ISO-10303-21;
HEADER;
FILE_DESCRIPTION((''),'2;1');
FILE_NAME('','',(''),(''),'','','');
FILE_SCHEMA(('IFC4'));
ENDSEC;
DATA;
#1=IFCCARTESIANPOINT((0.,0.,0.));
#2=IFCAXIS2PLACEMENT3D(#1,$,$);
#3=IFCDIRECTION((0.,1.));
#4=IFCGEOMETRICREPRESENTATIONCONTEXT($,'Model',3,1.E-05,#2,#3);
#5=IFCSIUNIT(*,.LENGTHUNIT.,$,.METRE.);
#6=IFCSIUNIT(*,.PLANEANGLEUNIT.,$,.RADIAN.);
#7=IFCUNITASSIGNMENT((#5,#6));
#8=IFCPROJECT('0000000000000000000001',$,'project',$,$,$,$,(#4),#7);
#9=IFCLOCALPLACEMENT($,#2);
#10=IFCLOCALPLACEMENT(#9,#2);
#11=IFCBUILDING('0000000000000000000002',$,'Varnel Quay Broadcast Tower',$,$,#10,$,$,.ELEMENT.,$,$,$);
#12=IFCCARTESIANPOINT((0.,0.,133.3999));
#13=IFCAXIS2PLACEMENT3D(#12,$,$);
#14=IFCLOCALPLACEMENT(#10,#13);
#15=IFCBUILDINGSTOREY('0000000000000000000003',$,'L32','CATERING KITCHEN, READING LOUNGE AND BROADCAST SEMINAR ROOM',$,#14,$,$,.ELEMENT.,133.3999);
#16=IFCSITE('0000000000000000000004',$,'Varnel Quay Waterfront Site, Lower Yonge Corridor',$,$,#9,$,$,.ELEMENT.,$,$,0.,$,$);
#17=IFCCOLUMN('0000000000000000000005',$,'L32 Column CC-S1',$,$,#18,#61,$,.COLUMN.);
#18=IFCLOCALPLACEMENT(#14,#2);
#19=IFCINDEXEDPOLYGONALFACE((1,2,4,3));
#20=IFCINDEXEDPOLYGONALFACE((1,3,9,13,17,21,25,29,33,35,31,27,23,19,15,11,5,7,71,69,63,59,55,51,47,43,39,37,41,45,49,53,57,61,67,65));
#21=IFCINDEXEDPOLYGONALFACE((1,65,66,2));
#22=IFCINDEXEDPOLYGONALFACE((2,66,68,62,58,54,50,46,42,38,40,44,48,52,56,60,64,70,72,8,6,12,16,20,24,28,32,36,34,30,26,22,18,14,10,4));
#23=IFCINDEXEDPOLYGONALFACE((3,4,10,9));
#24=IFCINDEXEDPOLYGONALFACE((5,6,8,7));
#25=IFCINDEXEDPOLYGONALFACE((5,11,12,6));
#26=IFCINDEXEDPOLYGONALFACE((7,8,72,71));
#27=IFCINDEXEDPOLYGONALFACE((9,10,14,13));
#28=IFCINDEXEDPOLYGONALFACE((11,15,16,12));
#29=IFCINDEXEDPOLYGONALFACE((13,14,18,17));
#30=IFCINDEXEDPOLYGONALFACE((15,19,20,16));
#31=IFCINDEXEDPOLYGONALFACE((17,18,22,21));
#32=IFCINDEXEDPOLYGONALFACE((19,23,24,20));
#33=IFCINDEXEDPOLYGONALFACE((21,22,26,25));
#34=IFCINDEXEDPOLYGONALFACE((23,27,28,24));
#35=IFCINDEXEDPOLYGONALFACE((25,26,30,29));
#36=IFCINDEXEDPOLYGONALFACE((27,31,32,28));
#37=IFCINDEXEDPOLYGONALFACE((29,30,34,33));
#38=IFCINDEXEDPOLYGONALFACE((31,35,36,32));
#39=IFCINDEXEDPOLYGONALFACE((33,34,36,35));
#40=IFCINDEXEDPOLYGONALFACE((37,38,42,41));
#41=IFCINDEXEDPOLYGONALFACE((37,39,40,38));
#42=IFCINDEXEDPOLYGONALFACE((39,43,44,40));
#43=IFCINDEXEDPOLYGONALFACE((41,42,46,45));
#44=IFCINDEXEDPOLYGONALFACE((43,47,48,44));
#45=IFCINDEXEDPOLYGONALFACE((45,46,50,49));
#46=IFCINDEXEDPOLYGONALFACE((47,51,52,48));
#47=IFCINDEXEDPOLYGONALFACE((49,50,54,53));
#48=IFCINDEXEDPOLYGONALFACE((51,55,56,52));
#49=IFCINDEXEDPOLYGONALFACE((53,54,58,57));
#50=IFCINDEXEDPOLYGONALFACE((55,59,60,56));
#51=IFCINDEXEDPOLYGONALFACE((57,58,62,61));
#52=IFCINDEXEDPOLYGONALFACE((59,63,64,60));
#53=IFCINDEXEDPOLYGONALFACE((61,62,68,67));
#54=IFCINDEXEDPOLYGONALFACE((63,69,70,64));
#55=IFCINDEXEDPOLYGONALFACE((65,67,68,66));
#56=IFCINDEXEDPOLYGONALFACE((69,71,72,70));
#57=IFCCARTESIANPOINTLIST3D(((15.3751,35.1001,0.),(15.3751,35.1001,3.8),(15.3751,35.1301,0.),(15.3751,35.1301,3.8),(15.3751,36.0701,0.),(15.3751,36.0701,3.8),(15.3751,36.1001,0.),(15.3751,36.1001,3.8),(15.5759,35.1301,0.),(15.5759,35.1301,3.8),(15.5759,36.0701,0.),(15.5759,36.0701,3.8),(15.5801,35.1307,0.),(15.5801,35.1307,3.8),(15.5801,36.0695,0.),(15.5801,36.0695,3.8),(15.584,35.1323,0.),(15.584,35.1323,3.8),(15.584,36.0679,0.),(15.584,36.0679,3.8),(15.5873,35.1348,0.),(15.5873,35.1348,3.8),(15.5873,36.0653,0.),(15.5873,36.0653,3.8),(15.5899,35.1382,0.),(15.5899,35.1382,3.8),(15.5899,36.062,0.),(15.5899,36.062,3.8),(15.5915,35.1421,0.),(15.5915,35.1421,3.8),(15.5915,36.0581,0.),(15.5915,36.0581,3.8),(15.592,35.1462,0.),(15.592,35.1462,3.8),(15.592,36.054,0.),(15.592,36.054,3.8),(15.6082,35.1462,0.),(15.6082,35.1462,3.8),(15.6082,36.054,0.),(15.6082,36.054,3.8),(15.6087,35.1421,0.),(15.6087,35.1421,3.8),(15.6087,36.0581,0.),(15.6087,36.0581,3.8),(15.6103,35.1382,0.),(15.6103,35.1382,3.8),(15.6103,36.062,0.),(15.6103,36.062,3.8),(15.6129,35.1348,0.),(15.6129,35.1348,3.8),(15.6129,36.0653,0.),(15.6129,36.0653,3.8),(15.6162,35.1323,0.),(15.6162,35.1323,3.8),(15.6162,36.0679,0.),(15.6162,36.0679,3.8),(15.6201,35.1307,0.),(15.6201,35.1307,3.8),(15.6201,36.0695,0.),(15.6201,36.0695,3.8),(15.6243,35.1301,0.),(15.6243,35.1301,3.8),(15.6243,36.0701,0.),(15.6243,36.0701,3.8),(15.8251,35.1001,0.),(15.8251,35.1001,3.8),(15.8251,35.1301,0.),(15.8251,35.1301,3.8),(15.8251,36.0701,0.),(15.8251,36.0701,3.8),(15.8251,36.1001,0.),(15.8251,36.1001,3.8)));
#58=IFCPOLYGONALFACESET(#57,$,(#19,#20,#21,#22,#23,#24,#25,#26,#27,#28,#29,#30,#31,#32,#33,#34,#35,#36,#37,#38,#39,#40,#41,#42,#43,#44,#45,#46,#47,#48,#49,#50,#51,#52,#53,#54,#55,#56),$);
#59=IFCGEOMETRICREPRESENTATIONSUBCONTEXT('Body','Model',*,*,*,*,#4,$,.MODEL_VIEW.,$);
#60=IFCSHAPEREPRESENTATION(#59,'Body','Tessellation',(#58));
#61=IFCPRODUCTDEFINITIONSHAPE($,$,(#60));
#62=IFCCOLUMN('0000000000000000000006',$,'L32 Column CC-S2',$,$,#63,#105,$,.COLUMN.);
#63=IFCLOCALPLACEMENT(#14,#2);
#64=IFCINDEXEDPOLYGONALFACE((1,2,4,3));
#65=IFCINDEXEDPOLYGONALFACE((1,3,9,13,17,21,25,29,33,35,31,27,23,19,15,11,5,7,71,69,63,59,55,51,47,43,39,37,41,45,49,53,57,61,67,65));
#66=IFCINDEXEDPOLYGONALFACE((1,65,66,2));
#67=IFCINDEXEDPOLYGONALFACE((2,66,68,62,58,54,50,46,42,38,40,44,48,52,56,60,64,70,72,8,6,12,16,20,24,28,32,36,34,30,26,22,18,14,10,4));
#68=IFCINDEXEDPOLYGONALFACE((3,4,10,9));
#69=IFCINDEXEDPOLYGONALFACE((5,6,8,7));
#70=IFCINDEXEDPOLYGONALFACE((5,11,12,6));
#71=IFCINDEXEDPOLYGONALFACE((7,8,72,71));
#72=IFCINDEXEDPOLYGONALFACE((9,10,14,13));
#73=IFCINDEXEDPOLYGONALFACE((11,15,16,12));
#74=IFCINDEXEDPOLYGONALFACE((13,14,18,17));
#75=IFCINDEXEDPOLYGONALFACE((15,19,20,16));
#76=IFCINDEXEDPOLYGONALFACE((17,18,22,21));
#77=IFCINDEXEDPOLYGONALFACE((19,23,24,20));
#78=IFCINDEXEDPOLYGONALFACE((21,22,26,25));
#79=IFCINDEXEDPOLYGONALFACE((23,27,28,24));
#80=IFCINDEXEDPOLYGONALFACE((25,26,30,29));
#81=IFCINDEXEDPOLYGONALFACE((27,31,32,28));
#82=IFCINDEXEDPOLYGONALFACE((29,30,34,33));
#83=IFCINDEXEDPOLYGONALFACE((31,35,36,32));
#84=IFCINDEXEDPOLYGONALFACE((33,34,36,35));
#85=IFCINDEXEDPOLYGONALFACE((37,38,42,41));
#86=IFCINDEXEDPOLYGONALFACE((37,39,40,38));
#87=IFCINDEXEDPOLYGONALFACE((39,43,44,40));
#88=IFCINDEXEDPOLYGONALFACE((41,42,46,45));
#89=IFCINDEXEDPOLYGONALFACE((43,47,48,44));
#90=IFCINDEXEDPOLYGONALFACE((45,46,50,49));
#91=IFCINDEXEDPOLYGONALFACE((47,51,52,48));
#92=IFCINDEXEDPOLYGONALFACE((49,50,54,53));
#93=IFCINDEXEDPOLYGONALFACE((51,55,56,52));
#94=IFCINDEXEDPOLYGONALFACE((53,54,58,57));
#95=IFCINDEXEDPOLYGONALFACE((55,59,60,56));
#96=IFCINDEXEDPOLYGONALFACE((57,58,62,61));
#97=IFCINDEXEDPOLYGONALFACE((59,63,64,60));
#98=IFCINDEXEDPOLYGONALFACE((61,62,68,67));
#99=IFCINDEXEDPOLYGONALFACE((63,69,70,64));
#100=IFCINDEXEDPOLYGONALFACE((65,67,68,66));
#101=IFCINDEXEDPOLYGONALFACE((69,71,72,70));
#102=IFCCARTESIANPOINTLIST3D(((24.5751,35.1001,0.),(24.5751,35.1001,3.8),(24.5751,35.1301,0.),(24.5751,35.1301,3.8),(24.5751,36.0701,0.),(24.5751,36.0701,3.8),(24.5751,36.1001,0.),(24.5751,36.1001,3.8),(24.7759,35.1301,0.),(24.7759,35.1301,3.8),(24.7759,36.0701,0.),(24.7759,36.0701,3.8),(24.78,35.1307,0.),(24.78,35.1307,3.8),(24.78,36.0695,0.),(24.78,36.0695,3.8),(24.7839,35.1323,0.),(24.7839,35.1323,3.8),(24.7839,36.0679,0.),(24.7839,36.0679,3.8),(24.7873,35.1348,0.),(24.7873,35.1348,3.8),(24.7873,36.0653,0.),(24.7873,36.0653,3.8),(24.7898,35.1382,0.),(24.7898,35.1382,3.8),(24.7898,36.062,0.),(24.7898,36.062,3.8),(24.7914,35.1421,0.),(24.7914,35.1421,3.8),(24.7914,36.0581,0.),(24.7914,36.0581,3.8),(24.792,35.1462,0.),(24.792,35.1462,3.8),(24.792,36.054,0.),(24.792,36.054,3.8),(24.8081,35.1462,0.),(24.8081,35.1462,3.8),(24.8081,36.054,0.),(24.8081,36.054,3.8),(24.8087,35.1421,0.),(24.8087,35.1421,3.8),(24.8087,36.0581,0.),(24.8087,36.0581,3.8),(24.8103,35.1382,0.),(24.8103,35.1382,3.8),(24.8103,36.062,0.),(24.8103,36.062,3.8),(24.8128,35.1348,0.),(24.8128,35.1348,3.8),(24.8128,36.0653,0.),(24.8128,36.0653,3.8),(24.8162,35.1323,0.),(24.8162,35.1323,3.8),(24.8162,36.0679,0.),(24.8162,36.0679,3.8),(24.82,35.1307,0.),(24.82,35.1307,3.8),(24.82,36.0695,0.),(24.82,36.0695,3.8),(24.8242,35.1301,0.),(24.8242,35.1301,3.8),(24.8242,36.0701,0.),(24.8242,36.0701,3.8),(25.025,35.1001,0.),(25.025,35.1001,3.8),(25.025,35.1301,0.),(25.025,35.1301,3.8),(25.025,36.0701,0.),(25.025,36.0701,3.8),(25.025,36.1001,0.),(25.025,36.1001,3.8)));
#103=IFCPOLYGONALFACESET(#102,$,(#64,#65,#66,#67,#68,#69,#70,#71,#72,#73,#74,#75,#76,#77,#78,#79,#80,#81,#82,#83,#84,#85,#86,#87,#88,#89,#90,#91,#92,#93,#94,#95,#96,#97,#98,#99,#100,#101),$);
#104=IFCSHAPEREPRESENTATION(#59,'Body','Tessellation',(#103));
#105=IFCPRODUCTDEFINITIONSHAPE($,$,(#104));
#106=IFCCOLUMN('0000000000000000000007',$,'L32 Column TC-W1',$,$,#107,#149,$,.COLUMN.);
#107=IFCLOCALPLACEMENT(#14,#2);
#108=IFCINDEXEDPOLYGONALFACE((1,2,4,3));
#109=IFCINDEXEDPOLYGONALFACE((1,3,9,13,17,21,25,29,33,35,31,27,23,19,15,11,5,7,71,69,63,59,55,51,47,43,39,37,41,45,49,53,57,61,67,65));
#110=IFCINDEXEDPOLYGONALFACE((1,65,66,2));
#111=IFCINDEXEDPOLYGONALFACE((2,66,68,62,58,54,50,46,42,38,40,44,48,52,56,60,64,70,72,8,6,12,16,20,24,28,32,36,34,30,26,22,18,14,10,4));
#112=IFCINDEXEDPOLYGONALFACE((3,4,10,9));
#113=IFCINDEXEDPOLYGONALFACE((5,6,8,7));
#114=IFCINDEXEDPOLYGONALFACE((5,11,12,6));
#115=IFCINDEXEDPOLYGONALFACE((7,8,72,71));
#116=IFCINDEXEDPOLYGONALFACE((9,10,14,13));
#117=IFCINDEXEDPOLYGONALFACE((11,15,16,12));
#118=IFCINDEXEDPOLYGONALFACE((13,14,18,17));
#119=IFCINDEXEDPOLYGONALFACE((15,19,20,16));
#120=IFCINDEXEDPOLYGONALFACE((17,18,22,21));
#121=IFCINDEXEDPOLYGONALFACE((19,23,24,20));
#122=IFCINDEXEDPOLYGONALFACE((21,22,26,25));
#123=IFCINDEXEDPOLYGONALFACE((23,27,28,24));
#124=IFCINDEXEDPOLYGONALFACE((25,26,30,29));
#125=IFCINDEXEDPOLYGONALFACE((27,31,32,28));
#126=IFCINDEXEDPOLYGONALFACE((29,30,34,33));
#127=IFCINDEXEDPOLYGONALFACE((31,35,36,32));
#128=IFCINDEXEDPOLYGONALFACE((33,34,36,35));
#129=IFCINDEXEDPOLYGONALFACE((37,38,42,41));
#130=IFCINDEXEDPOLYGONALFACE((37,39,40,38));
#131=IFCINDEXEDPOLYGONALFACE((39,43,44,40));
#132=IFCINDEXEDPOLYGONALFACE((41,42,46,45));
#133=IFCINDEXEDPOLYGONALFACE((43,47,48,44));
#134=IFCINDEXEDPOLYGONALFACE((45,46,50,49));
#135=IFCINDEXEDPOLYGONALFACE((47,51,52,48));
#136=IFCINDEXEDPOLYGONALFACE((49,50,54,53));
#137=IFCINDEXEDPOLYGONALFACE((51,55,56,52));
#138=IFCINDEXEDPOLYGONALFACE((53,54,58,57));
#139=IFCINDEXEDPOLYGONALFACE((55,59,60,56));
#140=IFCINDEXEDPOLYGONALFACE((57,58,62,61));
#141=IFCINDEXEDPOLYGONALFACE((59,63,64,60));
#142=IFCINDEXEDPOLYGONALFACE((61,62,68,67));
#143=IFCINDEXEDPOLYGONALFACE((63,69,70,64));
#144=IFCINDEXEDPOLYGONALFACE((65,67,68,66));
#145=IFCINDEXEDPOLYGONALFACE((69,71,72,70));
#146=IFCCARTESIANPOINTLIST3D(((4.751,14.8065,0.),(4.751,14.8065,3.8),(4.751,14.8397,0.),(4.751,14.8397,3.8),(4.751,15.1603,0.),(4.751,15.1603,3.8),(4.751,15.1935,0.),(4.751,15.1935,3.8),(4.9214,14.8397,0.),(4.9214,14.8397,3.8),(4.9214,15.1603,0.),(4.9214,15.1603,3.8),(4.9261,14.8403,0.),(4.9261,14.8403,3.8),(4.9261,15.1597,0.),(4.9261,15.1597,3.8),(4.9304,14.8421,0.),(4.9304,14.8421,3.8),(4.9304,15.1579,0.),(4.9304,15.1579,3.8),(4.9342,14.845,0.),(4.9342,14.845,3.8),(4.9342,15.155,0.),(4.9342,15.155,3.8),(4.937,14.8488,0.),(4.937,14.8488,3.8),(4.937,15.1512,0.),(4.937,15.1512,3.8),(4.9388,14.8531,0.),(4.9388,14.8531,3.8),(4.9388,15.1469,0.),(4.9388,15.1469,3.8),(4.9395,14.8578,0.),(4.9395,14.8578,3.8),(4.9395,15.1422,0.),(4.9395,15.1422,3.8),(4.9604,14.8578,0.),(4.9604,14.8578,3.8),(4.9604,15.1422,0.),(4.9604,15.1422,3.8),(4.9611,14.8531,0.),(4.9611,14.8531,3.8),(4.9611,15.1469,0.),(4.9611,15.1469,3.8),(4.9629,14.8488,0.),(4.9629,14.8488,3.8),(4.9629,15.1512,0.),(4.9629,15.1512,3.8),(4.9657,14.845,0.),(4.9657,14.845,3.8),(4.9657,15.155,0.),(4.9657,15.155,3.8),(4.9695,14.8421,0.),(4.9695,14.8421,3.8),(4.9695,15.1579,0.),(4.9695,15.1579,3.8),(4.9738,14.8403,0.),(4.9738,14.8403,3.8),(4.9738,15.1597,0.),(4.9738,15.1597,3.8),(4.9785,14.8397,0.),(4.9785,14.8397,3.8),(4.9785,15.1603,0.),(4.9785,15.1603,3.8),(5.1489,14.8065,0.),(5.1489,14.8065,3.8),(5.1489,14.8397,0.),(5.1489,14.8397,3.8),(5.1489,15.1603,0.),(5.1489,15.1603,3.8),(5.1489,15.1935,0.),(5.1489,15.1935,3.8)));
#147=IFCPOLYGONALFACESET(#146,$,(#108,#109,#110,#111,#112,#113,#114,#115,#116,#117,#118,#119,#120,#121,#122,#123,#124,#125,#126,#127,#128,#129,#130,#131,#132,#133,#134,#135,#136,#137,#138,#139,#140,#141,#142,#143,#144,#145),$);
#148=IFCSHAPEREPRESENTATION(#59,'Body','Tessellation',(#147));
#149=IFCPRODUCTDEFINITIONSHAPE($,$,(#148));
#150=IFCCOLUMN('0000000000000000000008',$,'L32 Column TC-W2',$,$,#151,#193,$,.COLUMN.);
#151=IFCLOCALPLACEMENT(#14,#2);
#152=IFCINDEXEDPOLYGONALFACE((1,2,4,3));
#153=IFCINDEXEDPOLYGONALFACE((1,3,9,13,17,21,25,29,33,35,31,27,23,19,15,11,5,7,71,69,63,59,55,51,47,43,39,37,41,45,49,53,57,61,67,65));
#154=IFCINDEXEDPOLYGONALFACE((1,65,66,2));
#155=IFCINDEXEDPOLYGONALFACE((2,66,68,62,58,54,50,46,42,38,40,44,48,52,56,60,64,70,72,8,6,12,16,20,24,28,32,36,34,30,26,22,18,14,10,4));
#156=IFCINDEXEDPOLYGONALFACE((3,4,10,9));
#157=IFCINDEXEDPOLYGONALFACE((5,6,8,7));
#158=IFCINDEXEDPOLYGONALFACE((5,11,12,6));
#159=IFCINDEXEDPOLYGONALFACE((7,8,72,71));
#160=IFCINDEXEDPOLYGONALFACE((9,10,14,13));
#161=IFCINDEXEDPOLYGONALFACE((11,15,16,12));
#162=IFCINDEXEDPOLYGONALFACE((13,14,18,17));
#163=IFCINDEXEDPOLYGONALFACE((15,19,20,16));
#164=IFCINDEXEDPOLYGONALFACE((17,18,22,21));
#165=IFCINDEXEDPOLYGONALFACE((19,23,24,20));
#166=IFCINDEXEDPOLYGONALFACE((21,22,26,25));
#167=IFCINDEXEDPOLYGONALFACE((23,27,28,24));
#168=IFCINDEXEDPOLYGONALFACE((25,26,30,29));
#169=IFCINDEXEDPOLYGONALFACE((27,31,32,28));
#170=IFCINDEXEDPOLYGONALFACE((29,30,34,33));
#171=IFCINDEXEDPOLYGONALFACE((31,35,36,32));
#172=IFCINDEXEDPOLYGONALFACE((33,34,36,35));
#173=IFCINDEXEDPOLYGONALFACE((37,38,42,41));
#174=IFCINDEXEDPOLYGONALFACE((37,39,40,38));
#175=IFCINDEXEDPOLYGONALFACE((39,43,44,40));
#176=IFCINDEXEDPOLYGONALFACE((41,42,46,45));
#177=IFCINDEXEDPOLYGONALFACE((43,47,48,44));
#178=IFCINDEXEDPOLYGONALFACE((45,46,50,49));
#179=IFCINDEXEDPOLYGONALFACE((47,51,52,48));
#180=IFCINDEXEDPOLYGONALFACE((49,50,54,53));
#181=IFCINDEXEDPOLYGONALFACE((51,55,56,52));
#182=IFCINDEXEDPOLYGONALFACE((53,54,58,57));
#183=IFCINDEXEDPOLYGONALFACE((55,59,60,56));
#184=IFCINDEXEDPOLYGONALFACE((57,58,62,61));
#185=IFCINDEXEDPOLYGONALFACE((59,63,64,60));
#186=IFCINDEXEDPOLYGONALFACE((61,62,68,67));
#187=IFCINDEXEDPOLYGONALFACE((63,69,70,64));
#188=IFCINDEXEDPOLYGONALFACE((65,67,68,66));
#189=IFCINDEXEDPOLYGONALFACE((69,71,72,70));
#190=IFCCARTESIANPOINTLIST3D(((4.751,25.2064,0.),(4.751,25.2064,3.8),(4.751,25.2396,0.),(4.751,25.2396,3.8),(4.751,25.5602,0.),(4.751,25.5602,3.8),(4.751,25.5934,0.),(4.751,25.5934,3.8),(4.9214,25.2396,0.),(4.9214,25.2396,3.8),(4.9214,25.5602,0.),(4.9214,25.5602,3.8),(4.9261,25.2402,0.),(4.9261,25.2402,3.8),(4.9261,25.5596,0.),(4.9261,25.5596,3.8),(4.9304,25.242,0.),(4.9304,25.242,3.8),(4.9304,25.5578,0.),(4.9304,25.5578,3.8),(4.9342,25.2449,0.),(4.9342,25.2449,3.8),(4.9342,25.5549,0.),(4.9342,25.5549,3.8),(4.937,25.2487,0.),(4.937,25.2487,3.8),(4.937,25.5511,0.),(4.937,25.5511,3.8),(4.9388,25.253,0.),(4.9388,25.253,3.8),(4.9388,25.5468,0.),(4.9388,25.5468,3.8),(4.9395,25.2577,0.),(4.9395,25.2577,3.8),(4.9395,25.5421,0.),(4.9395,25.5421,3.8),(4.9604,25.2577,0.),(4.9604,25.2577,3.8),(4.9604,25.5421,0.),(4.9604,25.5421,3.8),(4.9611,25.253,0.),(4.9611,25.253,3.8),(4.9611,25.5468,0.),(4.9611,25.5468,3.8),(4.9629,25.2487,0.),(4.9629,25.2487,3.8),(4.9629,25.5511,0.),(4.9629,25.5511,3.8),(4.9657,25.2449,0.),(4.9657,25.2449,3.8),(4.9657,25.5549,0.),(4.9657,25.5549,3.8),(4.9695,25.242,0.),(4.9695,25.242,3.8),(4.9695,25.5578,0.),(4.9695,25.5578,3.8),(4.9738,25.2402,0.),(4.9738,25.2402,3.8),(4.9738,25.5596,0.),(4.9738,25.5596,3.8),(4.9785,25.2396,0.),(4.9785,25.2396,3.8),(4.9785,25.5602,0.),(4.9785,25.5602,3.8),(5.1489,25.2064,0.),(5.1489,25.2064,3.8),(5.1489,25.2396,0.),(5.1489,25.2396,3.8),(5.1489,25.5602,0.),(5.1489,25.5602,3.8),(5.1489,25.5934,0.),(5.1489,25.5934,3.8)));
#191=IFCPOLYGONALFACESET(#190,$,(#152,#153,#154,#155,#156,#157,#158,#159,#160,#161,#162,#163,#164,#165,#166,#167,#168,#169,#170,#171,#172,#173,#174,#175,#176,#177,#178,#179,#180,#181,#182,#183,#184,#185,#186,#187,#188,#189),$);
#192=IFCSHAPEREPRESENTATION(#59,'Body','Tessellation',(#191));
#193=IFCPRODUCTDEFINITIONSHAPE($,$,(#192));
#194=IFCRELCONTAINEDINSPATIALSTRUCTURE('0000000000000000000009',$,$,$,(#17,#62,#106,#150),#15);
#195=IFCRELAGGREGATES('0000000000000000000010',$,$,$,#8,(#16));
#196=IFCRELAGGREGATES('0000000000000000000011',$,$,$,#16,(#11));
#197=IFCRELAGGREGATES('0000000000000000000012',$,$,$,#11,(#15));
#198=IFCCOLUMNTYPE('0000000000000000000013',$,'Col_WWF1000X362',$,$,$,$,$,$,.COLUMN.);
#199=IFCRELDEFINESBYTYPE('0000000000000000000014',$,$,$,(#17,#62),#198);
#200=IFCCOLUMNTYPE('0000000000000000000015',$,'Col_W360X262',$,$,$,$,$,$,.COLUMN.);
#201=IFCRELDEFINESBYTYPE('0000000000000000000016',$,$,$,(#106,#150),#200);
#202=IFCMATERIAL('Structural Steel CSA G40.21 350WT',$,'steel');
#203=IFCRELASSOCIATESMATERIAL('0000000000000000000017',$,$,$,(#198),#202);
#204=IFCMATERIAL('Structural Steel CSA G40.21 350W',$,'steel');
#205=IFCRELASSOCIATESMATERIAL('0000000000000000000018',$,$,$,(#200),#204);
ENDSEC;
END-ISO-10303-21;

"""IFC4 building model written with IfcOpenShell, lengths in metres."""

from ifc_helpers import new_model, si_unit, direction, frame, origin, origin_2d, place, context, subcontext, project, spatial, i_section, extrude, source, transform, mapped, material, material_profile, profile_set, type_object, type_shapes, element, save


model = new_model("IFC4")

# Units and contexts
model_context = context("Model", 3, precision=1e-05, world=origin(), true_north=direction((0.0, 1.0)))
body_context = subcontext(model_context, "Body", "Model", "MODEL_VIEW")
ifc_project = project(units=[si_unit("LENGTHUNIT", "METRE"), si_unit("PLANEANGLEUNIT", "RADIAN")], contexts=[model_context])

# Site, building, storey
site_placement = place(None, origin())
site = spatial("IfcSite", under=ifc_project, at=site_placement, Name="Varnel Quay Waterfront Site, Lower Yonge Corridor", CompositionType="ELEMENT", RefElevation=0.0)
building_placement = place(site_placement, origin())
building = spatial("IfcBuilding", under=site, at=building_placement, Name="Varnel Quay Broadcast Tower", CompositionType="ELEMENT")
storey_placement = place(building_placement, frame((0.0, 0.0, 133.3999)))
storey = spatial("IfcBuildingStorey", under=building, at=storey_placement, Name="L32", Description="CATERING KITCHEN, READING LOUNGE AND BROADCAST SEMINAR ROOM", CompositionType="ELEMENT", Elevation=133.3999)

# Columns
ifc_material_1 = material(Name="Structural Steel CSA G40.21 350WT", Category="steel")
ifc_material_profile_1 = material_profile(ifc_material_1, i_section(OverallWidth=0.45, OverallDepth=1.0, WebThickness=0.0161, FlangeThickness=0.03, FilletRadius=0.0161, at=origin_2d()), Name="WWF1000X362")
ifc_profile_set_1 = profile_set([ifc_material_profile_1], Name="Structural Steel CSA G40.21 350WT")
column_type_1 = type_object("IfcColumnType", Name="Col_WWF1000X362", PredefinedType="COLUMN", material=ifc_profile_set_1)
shared_shape_1 = source(origin(), body_context, "Body", "SweptSolid", [
    extrude(i_section(OverallWidth=0.45, OverallDepth=1.0, WebThickness=0.0161, FlangeThickness=0.03, FilletRadius=0.0161, at=origin_2d()), origin(), (0.0, 0.0, 1.0), 3.8),
])
type_shapes(column_type_1, [shared_shape_1])
for number, where, z_axis, x_axis, name in (
    (1, (15.6001, 35.6001, 0.0), (0.0, 0.0, 1.0), (1.0, 0.0, 0.0), "L32 Column CC-S1"),
    (2, (24.8, 35.6001, 0.0), (0.0, 0.0, 1.0), (1.0, 0.0, 0.0), "L32 Column CC-S2"),
):
    element("IfcColumn", number, at=place(storey_placement, frame(where, z_axis=z_axis, x_axis=x_axis)), inside=storey, type_object=column_type_1, Name=name, PredefinedType="COLUMN", context=body_context, shape_type="MappedRepresentation", body=[
        mapped(shared_shape_1, transform((0.0, 0.0, 0.0), x_axis=(1.0, 0.0, 0.0), y_axis=(0.0, 1.0, 0.0), z_axis=(0.0, 0.0, 1.0), scale=1.0)),
    ])
ifc_material_2 = material(Name="Structural Steel CSA G40.21 350W", Category="steel")
ifc_material_profile_2 = material_profile(ifc_material_2, i_section(OverallWidth=0.3979, OverallDepth=0.387, WebThickness=0.021, FlangeThickness=0.0332, FilletRadius=0.0181, at=origin_2d()), Name="W360X262")
ifc_profile_set_2 = profile_set([ifc_material_profile_2], Name="Structural Steel CSA G40.21 350W")
column_type_2 = type_object("IfcColumnType", Name="Col_W360X262", PredefinedType="COLUMN", material=ifc_profile_set_2)
shared_shape_2 = source(origin(), body_context, "Body", "SweptSolid", [
    extrude(i_section(OverallWidth=0.3979, OverallDepth=0.387, WebThickness=0.021, FlangeThickness=0.0332, FilletRadius=0.0181, at=origin_2d()), origin(), (0.0, 0.0, 1.0), 3.8),
])
type_shapes(column_type_2, [shared_shape_2])
for number, where, z_axis, x_axis, name in (
    (3, (4.95, 15.0, 0.0), (0.0, 0.0, 1.0), (1.0, 0.0, 0.0), "L32 Column TC-W1"),
    (4, (4.95, 25.3999, 0.0), (0.0, 0.0, 1.0), (1.0, 0.0, 0.0), "L32 Column TC-W2"),
):
    element("IfcColumn", number, at=place(storey_placement, frame(where, z_axis=z_axis, x_axis=x_axis)), inside=storey, type_object=column_type_2, Name=name, PredefinedType="COLUMN", context=body_context, shape_type="MappedRepresentation", body=[
        mapped(shared_shape_2, transform((0.0, 0.0, 0.0), x_axis=(1.0, 0.0, 0.0), y_axis=(0.0, 1.0, 0.0), z_axis=(0.0, 0.0, 1.0), scale=1.0)),
    ])

save(model, "model.ifc")
